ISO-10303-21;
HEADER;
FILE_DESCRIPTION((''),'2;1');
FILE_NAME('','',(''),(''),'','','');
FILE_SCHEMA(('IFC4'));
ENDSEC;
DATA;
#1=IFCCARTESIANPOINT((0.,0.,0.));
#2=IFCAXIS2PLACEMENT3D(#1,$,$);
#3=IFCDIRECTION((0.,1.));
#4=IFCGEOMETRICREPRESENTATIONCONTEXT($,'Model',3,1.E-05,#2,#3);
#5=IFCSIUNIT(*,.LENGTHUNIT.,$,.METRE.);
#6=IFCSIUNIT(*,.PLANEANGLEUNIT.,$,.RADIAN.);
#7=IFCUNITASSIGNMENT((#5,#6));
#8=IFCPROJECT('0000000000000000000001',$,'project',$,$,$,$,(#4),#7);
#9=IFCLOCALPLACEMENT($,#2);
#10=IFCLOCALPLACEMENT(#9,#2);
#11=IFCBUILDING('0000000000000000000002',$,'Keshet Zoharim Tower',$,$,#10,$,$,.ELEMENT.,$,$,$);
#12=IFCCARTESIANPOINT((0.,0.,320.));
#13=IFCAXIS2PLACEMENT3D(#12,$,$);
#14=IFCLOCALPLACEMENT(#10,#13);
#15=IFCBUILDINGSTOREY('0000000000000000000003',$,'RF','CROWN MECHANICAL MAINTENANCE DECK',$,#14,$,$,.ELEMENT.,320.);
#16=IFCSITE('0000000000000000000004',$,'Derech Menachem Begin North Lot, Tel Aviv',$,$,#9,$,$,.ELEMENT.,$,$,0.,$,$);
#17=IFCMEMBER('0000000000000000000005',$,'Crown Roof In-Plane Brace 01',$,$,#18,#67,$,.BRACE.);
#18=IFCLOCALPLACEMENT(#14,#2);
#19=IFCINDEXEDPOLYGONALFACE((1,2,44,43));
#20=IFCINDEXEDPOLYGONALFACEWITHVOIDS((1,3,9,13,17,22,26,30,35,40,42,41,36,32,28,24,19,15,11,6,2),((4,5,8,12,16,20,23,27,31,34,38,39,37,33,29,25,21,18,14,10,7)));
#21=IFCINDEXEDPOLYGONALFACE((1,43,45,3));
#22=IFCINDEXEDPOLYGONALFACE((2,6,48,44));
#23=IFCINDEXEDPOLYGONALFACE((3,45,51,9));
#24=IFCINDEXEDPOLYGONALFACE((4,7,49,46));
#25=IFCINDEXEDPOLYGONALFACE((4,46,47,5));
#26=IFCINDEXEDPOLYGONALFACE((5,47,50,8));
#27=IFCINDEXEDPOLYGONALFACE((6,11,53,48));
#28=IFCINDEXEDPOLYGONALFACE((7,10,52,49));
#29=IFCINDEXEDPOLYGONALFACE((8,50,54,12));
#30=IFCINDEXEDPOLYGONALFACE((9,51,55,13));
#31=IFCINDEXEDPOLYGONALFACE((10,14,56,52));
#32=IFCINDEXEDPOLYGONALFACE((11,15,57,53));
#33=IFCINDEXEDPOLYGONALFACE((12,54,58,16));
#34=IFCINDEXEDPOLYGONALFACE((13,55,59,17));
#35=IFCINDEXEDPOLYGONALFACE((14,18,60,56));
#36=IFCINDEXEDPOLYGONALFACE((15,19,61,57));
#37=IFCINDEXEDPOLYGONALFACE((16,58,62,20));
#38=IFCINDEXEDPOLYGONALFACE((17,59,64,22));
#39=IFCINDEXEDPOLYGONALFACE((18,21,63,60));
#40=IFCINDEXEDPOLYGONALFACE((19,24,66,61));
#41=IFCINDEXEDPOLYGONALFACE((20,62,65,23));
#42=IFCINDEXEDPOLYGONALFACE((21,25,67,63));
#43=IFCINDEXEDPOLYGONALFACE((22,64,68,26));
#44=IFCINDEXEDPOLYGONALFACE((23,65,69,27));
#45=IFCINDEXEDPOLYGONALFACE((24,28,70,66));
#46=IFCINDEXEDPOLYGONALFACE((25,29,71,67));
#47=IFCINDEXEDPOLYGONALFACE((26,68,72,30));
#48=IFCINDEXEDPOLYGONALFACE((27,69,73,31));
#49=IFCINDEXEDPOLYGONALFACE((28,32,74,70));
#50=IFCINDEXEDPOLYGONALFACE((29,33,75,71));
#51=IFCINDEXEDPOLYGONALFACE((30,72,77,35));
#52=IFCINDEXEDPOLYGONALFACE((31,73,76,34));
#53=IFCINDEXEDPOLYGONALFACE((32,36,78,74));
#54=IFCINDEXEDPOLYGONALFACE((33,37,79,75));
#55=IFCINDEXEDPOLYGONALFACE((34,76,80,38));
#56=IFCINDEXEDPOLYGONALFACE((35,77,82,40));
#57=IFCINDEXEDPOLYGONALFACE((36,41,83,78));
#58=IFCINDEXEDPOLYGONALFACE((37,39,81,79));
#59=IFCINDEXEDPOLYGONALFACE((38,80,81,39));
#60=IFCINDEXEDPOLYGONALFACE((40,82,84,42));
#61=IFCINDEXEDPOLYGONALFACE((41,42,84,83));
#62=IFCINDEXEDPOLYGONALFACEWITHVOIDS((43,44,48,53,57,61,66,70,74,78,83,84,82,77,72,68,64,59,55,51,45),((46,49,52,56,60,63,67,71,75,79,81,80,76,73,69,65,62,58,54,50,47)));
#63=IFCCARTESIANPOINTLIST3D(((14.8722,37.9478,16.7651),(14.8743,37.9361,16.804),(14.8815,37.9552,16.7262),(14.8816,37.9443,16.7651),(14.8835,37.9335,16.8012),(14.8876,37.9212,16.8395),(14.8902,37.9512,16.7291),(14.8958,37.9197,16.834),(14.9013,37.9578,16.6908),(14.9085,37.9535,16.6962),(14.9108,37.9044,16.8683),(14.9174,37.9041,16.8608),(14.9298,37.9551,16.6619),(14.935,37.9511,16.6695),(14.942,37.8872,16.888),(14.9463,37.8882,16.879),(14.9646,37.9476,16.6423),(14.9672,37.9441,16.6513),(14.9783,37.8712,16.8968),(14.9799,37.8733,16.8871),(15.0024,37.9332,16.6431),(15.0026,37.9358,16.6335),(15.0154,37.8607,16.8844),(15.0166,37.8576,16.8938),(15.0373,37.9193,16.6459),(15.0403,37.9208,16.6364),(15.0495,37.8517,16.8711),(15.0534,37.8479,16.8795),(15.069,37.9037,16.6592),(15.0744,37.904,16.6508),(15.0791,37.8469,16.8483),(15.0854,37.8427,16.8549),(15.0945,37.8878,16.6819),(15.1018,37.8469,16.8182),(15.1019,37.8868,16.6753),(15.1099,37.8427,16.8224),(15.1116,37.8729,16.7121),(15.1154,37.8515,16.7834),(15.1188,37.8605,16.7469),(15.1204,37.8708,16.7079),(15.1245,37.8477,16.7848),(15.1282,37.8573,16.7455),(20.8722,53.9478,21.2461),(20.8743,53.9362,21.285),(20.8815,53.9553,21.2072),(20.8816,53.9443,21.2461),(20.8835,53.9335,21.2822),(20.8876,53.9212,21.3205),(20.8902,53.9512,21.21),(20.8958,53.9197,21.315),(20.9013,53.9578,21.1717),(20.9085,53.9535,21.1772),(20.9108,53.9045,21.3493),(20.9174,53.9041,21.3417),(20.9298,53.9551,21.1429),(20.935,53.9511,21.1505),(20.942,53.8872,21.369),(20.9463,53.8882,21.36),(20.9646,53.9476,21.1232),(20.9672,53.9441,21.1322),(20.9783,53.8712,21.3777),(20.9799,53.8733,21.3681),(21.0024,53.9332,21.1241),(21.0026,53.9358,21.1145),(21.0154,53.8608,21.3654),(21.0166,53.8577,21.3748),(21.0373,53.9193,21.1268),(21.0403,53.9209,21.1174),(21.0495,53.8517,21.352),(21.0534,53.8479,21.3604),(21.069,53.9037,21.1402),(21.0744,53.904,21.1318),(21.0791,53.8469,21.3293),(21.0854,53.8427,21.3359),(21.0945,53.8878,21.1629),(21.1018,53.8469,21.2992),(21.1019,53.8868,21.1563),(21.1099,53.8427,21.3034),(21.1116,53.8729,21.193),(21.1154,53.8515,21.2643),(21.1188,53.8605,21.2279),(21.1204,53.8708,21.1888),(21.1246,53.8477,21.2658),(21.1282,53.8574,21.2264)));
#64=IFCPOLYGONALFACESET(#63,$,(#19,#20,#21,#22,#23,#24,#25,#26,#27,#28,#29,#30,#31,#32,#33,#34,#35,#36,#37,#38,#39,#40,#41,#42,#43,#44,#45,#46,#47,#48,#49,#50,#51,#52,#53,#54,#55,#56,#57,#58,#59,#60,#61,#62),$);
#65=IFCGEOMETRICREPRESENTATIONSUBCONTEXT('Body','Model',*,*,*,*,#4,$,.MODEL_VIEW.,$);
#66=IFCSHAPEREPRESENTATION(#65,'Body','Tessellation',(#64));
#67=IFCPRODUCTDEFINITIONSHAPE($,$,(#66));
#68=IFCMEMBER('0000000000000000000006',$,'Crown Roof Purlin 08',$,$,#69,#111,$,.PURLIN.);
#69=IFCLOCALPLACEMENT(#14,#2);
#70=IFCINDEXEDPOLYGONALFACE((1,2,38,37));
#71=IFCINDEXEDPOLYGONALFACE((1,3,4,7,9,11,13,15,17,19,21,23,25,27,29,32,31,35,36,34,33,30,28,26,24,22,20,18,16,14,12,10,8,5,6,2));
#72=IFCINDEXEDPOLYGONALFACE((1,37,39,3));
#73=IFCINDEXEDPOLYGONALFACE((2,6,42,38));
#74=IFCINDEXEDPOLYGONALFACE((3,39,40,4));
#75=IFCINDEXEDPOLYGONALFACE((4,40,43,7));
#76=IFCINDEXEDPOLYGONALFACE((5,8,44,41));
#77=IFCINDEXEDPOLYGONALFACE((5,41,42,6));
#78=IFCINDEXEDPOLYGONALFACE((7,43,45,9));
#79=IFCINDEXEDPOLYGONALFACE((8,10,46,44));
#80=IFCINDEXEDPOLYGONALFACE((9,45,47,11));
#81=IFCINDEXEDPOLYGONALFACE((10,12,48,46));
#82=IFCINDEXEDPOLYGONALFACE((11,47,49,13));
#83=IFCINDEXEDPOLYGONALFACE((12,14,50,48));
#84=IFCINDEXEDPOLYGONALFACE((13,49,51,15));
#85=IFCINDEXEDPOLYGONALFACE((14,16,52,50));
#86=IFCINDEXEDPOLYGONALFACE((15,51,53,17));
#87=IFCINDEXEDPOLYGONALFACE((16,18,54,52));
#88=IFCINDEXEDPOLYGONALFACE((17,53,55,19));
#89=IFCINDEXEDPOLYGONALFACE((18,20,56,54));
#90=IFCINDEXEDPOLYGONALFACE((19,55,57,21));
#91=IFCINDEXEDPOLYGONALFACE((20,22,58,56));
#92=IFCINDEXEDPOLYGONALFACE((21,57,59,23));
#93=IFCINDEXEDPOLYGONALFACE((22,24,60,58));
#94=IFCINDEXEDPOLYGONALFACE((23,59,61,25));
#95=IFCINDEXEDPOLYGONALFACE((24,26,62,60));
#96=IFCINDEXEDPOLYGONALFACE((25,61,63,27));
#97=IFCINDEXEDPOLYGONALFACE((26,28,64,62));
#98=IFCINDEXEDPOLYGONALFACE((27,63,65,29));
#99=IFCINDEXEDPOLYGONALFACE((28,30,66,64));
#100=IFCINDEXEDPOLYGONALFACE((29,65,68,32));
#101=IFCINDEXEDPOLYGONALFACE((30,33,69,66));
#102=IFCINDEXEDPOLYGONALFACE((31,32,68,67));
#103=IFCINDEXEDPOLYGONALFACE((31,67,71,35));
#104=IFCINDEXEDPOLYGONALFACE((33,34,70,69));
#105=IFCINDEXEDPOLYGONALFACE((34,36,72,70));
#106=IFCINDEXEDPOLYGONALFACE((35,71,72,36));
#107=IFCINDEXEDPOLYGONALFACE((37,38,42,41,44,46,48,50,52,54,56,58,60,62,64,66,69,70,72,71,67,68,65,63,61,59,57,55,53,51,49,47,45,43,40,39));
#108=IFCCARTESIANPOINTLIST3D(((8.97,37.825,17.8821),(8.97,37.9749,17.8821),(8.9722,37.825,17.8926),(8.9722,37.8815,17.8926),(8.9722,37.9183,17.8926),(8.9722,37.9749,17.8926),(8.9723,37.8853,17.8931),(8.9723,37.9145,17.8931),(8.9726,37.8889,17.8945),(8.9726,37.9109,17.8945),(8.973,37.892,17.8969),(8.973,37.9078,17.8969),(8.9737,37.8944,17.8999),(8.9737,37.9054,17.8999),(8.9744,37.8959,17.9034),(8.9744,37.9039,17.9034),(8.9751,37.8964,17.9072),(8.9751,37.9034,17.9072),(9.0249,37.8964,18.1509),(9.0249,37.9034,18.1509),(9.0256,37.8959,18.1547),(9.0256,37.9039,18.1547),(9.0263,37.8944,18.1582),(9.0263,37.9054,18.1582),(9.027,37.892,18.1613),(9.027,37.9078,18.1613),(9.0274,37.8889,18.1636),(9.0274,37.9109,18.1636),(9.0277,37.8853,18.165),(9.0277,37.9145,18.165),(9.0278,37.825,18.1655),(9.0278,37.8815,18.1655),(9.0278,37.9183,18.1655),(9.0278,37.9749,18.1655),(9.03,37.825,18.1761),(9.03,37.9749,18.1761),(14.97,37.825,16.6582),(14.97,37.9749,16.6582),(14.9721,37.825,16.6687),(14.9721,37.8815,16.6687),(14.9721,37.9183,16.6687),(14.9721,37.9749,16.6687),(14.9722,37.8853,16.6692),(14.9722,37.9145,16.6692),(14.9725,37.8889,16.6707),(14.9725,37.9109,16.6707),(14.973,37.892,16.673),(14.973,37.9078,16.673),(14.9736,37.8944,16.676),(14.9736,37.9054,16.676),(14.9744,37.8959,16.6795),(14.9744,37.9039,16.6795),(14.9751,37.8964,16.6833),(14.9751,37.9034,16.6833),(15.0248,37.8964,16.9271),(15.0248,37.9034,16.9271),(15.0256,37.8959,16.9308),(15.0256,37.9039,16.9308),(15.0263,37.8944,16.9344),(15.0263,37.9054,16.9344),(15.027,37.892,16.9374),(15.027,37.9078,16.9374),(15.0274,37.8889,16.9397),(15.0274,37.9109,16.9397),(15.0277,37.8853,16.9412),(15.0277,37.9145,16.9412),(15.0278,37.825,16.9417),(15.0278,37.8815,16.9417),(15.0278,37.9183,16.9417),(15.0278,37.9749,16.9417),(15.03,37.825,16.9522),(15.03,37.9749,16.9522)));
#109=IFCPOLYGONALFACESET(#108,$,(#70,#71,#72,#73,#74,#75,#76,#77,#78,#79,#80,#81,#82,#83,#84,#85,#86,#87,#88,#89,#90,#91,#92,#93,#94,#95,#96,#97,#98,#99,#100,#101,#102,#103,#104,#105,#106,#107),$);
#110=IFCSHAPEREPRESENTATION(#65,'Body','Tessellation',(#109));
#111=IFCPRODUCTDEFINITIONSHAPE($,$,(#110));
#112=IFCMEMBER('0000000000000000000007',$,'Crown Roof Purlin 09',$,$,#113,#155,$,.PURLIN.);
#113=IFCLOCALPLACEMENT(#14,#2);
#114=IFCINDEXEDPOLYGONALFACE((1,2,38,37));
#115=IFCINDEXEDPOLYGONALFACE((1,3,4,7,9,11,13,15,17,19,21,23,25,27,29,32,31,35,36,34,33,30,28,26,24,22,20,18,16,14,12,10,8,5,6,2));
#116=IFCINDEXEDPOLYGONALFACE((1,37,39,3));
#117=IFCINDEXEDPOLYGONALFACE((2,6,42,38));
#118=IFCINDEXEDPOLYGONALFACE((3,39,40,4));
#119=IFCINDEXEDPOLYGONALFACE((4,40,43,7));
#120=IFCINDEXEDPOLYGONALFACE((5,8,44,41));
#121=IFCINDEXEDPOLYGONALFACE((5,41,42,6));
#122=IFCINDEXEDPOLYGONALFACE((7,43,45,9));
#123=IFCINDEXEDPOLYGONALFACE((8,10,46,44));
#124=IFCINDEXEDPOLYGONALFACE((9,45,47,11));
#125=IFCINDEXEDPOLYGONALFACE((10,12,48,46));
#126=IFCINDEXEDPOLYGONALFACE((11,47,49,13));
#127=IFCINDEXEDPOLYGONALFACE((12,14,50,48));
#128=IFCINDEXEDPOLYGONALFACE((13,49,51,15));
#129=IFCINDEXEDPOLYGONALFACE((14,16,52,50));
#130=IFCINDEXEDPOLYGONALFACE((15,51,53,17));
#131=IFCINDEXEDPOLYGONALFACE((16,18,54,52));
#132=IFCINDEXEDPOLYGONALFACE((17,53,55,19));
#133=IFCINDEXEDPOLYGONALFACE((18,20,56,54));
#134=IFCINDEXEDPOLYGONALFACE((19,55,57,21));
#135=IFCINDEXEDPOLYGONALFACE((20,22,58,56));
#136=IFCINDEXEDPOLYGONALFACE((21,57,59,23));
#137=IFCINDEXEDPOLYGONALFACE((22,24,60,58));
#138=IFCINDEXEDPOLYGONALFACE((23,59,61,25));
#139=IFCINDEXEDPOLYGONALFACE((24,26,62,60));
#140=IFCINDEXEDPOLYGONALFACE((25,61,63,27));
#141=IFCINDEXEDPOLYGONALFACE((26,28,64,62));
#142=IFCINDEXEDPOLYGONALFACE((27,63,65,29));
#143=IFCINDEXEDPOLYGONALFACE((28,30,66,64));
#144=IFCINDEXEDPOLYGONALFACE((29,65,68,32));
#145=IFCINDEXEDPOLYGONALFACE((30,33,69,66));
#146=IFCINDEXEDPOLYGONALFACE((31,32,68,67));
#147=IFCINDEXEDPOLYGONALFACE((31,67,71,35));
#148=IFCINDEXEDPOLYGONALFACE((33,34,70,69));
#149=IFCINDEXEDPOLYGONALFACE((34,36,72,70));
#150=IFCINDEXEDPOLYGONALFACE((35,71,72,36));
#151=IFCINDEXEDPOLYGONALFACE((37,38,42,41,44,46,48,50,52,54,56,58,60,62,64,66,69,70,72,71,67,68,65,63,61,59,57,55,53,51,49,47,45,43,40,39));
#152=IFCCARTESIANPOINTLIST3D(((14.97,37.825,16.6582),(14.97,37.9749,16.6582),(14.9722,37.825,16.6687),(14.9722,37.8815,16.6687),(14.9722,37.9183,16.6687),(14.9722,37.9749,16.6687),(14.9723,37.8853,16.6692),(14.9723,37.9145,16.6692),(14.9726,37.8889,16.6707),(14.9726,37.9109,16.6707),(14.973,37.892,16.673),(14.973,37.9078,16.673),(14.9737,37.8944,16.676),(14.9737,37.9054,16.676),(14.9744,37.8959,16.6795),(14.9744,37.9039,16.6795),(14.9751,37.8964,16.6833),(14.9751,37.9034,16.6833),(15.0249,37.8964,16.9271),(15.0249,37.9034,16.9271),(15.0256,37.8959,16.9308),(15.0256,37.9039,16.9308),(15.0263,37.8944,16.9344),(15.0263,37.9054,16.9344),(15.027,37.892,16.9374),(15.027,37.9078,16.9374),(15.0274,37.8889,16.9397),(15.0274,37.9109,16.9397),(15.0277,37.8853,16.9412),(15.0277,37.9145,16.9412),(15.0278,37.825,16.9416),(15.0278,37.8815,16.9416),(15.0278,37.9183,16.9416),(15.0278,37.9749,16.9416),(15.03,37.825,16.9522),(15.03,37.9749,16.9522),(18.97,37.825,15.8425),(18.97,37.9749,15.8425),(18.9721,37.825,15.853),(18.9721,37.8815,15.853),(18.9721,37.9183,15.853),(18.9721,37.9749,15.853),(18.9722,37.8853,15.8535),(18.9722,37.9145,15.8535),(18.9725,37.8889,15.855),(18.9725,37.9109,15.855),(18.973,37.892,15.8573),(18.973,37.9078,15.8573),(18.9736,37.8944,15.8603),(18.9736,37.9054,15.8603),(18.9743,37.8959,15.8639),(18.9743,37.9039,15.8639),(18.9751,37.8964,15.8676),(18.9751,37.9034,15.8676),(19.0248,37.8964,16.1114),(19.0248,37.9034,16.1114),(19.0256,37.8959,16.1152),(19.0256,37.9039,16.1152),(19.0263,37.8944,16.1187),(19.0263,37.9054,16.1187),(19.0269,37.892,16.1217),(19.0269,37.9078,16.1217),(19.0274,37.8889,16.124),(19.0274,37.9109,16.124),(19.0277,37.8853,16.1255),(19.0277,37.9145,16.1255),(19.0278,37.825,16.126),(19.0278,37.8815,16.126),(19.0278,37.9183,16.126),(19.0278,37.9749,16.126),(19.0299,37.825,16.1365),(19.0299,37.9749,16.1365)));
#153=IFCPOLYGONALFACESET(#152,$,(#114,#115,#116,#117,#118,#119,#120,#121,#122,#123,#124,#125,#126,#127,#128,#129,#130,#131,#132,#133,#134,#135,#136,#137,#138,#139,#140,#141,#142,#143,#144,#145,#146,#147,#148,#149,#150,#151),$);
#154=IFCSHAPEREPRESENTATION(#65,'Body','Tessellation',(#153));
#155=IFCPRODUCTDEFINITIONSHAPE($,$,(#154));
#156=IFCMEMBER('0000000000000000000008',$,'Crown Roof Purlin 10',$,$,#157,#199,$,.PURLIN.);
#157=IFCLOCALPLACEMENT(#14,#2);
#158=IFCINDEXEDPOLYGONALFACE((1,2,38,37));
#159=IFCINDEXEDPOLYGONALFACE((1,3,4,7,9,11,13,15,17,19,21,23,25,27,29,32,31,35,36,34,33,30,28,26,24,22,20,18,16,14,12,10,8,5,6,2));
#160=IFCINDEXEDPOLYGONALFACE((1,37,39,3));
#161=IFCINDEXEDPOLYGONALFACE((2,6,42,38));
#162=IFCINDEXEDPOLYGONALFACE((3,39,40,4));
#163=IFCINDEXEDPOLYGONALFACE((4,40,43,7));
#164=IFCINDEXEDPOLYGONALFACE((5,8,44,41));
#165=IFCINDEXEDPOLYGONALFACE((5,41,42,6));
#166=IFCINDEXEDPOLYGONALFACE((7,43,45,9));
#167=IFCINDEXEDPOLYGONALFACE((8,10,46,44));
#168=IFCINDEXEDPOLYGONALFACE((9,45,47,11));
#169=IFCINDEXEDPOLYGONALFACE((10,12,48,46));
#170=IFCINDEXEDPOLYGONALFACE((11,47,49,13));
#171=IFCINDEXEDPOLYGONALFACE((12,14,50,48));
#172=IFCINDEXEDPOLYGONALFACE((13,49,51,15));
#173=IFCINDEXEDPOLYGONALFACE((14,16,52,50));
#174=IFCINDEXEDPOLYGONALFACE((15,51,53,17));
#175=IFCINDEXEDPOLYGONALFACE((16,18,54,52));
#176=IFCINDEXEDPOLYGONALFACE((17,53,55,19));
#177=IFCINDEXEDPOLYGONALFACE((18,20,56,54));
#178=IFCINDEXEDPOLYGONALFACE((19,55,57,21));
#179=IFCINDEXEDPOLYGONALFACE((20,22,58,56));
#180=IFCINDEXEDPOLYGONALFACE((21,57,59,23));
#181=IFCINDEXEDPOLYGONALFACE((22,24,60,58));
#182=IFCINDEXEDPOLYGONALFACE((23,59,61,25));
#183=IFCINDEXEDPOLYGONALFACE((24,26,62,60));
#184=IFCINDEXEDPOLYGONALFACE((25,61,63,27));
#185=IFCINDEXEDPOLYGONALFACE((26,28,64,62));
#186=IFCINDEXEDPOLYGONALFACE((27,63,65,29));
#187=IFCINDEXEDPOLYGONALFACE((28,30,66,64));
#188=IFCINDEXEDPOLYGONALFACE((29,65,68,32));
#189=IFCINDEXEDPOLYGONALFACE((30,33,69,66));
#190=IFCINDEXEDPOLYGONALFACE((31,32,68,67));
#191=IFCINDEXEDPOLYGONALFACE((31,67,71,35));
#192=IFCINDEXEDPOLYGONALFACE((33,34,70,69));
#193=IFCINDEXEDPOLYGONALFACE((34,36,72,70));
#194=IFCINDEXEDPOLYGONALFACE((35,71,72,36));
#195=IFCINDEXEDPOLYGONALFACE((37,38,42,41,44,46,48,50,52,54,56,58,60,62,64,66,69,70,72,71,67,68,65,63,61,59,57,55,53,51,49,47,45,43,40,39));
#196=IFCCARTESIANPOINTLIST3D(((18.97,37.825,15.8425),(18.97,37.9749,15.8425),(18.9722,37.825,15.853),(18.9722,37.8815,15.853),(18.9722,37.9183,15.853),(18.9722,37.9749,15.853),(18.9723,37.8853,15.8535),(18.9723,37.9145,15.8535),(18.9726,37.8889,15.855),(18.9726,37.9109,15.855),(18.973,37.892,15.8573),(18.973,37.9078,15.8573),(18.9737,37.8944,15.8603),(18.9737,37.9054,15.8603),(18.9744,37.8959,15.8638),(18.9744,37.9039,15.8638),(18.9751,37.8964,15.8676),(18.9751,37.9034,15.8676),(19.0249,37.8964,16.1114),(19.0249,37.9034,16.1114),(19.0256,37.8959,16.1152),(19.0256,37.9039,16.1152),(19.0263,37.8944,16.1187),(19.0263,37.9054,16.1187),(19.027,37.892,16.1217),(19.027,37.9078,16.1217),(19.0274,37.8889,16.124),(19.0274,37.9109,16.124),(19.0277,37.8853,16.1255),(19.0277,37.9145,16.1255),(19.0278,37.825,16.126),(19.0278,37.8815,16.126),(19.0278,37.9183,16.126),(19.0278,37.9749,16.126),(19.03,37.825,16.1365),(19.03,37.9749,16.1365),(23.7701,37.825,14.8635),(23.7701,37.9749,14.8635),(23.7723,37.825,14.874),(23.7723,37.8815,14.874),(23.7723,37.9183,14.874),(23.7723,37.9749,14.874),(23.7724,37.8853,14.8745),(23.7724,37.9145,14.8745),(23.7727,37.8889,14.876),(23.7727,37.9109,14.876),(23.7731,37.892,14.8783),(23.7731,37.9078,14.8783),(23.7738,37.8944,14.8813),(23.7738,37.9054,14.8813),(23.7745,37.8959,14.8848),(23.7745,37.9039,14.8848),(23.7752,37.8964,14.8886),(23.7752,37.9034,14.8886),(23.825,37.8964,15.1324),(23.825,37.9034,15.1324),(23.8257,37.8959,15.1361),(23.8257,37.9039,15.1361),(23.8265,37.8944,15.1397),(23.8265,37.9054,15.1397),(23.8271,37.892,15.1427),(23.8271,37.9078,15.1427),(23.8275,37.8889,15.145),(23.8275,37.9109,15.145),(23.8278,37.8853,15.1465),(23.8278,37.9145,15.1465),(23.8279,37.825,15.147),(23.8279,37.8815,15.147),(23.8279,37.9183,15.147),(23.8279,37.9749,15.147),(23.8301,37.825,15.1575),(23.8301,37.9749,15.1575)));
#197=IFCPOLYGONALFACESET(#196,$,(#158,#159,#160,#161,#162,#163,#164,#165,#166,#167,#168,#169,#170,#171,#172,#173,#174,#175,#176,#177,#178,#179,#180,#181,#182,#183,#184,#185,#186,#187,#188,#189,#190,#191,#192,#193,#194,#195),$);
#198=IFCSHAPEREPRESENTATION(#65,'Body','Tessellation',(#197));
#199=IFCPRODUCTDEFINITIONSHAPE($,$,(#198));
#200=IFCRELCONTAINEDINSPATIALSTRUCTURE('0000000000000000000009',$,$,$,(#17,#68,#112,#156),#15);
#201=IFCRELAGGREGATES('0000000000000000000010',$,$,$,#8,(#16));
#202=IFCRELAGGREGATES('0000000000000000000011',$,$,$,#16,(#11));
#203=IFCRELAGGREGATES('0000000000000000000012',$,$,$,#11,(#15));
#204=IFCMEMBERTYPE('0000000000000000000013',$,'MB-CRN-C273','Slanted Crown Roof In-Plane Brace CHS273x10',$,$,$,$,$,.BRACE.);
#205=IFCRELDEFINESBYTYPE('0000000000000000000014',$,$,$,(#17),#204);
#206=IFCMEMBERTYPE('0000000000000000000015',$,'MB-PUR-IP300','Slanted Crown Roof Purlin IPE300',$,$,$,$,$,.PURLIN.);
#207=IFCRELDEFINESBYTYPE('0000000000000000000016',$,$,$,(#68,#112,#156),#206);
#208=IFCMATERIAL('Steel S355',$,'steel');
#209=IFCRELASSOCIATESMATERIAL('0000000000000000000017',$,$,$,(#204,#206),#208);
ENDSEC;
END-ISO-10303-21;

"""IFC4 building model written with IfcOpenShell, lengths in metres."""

from ifc_helpers import new_model, si_unit, direction, frame, origin, origin_2d, place, context, subcontext, project, spatial, hollow_circle, i_section, extrude, material, material_profile, profile_set, type_object, element, save


model = new_model("IFC4")

# Units and contexts
model_context = context("Model", 3, precision=1e-05, world=origin(), true_north=direction((0.0, 1.0)))
body_context = subcontext(model_context, "Body", "Model", "MODEL_VIEW")
ifc_project = project(units=[si_unit("LENGTHUNIT", "METRE"), si_unit("PLANEANGLEUNIT", "RADIAN")], contexts=[model_context])

# Site, building, storey
site_placement = place(None, origin())
site = spatial("IfcSite", under=ifc_project, at=site_placement, Name="Derech Menachem Begin North Lot, Tel Aviv", CompositionType="ELEMENT", RefElevation=0.0)
building_placement = place(site_placement, origin())
building = spatial("IfcBuilding", under=site, at=building_placement, Name="Keshet Zoharim Tower", CompositionType="ELEMENT")
storey_placement = place(building_placement, frame((0.0, 0.0, 320.0)))
storey = spatial("IfcBuildingStorey", under=building, at=storey_placement, Name="RF", Description="CROWN MECHANICAL MAINTENANCE DECK", CompositionType="ELEMENT", Elevation=320.0)

# Members
ifc_material_1 = material(Name="Steel S355", Category="steel")
ifc_material_profile_1 = material_profile(ifc_material_1, hollow_circle(Radius=0.1365, WallThickness=0.01, at=origin_2d()), Name="CHS273x10")
ifc_profile_set_1 = profile_set([ifc_material_profile_1], Name="Steel S355")
member_type_1 = type_object("IfcMemberType", Name="MB-CRN-C273", Description="Slanted Crown Roof In-Plane Brace CHS273x10", PredefinedType="BRACE", material=ifc_profile_set_1)
member_1_placement = place(storey_placement, frame((15.0, 37.8999, 16.7651), z_axis=(0.33964, 0.905707, 0.253652), x_axis=(-0.936329, 0.351123, 0.0)))
element("IfcMember", 1, at=member_1_placement, inside=storey, type_object=member_type_1, Name="Crown Roof In-Plane Brace 01", PredefinedType="BRACE", context=body_context, shape_type="SweptSolid", body=[
    extrude(hollow_circle(Radius=0.1365, WallThickness=0.01, at=origin_2d()), origin(), (0.0, 0.0, 1.0), 17.6658),
])
ifc_material_profile_2 = material_profile(ifc_material_1, i_section(OverallWidth=0.1499, OverallDepth=0.3, WebThickness=0.0071, FlangeThickness=0.0107, FilletRadius=0.0149, at=origin_2d()), Name="IPE300")
ifc_profile_set_2 = profile_set([ifc_material_profile_2], Name="Steel S355")
member_type_2 = type_object("IfcMemberType", Name="MB-PUR-IP300", Description="Slanted Crown Roof Purlin IPE300", PredefinedType="PURLIN", material=ifc_profile_set_2)
member_2_placement = place(storey_placement, frame((9.0, 37.8999, 18.0291), z_axis=(0.979824, 0.0, -0.199864), x_axis=(0.0, 1.0, 0.0)))
element("IfcMember", 2, at=member_2_placement, inside=storey, type_object=member_type_2, Name="Crown Roof Purlin 08", PredefinedType="PURLIN", context=body_context, shape_type="SweptSolid", body=[
    extrude(i_section(OverallWidth=0.1499, OverallDepth=0.3, WebThickness=0.0071, FlangeThickness=0.0107, FilletRadius=0.0149, at=origin_2d()), origin(), (0.0, 0.0, 1.0), 6.1235),
])
member_3_placement = place(storey_placement, frame((15.0, 37.8999, 16.8052), z_axis=(0.979835, 0.0, -0.199807), x_axis=(0.0, 1.0, 0.0)))
element("IfcMember", 3, at=member_3_placement, inside=storey, type_object=member_type_2, Name="Crown Roof Purlin 09", PredefinedType="PURLIN", context=body_context, shape_type="SweptSolid", body=[
    extrude(i_section(OverallWidth=0.1499, OverallDepth=0.3, WebThickness=0.0071, FlangeThickness=0.0107, FilletRadius=0.0149, at=origin_2d()), origin(), (0.0, 0.0, 1.0), 4.0823),
])
member_4_placement = place(storey_placement, frame((19.0, 37.8999, 15.9895), z_axis=(0.979828, 0.0, -0.199843), x_axis=(0.0, 1.0, 0.0)))
element("IfcMember", 4, at=member_4_placement, inside=storey, type_object=member_type_2, Name="Crown Roof Purlin 10", PredefinedType="PURLIN", context=body_context, shape_type="SweptSolid", body=[
    extrude(i_section(OverallWidth=0.1499, OverallDepth=0.3, WebThickness=0.0071, FlangeThickness=0.0107, FilletRadius=0.0149, at=origin_2d()), origin(), (0.0, 0.0, 1.0), 4.8989),
])

save(model, "model.ifc")
